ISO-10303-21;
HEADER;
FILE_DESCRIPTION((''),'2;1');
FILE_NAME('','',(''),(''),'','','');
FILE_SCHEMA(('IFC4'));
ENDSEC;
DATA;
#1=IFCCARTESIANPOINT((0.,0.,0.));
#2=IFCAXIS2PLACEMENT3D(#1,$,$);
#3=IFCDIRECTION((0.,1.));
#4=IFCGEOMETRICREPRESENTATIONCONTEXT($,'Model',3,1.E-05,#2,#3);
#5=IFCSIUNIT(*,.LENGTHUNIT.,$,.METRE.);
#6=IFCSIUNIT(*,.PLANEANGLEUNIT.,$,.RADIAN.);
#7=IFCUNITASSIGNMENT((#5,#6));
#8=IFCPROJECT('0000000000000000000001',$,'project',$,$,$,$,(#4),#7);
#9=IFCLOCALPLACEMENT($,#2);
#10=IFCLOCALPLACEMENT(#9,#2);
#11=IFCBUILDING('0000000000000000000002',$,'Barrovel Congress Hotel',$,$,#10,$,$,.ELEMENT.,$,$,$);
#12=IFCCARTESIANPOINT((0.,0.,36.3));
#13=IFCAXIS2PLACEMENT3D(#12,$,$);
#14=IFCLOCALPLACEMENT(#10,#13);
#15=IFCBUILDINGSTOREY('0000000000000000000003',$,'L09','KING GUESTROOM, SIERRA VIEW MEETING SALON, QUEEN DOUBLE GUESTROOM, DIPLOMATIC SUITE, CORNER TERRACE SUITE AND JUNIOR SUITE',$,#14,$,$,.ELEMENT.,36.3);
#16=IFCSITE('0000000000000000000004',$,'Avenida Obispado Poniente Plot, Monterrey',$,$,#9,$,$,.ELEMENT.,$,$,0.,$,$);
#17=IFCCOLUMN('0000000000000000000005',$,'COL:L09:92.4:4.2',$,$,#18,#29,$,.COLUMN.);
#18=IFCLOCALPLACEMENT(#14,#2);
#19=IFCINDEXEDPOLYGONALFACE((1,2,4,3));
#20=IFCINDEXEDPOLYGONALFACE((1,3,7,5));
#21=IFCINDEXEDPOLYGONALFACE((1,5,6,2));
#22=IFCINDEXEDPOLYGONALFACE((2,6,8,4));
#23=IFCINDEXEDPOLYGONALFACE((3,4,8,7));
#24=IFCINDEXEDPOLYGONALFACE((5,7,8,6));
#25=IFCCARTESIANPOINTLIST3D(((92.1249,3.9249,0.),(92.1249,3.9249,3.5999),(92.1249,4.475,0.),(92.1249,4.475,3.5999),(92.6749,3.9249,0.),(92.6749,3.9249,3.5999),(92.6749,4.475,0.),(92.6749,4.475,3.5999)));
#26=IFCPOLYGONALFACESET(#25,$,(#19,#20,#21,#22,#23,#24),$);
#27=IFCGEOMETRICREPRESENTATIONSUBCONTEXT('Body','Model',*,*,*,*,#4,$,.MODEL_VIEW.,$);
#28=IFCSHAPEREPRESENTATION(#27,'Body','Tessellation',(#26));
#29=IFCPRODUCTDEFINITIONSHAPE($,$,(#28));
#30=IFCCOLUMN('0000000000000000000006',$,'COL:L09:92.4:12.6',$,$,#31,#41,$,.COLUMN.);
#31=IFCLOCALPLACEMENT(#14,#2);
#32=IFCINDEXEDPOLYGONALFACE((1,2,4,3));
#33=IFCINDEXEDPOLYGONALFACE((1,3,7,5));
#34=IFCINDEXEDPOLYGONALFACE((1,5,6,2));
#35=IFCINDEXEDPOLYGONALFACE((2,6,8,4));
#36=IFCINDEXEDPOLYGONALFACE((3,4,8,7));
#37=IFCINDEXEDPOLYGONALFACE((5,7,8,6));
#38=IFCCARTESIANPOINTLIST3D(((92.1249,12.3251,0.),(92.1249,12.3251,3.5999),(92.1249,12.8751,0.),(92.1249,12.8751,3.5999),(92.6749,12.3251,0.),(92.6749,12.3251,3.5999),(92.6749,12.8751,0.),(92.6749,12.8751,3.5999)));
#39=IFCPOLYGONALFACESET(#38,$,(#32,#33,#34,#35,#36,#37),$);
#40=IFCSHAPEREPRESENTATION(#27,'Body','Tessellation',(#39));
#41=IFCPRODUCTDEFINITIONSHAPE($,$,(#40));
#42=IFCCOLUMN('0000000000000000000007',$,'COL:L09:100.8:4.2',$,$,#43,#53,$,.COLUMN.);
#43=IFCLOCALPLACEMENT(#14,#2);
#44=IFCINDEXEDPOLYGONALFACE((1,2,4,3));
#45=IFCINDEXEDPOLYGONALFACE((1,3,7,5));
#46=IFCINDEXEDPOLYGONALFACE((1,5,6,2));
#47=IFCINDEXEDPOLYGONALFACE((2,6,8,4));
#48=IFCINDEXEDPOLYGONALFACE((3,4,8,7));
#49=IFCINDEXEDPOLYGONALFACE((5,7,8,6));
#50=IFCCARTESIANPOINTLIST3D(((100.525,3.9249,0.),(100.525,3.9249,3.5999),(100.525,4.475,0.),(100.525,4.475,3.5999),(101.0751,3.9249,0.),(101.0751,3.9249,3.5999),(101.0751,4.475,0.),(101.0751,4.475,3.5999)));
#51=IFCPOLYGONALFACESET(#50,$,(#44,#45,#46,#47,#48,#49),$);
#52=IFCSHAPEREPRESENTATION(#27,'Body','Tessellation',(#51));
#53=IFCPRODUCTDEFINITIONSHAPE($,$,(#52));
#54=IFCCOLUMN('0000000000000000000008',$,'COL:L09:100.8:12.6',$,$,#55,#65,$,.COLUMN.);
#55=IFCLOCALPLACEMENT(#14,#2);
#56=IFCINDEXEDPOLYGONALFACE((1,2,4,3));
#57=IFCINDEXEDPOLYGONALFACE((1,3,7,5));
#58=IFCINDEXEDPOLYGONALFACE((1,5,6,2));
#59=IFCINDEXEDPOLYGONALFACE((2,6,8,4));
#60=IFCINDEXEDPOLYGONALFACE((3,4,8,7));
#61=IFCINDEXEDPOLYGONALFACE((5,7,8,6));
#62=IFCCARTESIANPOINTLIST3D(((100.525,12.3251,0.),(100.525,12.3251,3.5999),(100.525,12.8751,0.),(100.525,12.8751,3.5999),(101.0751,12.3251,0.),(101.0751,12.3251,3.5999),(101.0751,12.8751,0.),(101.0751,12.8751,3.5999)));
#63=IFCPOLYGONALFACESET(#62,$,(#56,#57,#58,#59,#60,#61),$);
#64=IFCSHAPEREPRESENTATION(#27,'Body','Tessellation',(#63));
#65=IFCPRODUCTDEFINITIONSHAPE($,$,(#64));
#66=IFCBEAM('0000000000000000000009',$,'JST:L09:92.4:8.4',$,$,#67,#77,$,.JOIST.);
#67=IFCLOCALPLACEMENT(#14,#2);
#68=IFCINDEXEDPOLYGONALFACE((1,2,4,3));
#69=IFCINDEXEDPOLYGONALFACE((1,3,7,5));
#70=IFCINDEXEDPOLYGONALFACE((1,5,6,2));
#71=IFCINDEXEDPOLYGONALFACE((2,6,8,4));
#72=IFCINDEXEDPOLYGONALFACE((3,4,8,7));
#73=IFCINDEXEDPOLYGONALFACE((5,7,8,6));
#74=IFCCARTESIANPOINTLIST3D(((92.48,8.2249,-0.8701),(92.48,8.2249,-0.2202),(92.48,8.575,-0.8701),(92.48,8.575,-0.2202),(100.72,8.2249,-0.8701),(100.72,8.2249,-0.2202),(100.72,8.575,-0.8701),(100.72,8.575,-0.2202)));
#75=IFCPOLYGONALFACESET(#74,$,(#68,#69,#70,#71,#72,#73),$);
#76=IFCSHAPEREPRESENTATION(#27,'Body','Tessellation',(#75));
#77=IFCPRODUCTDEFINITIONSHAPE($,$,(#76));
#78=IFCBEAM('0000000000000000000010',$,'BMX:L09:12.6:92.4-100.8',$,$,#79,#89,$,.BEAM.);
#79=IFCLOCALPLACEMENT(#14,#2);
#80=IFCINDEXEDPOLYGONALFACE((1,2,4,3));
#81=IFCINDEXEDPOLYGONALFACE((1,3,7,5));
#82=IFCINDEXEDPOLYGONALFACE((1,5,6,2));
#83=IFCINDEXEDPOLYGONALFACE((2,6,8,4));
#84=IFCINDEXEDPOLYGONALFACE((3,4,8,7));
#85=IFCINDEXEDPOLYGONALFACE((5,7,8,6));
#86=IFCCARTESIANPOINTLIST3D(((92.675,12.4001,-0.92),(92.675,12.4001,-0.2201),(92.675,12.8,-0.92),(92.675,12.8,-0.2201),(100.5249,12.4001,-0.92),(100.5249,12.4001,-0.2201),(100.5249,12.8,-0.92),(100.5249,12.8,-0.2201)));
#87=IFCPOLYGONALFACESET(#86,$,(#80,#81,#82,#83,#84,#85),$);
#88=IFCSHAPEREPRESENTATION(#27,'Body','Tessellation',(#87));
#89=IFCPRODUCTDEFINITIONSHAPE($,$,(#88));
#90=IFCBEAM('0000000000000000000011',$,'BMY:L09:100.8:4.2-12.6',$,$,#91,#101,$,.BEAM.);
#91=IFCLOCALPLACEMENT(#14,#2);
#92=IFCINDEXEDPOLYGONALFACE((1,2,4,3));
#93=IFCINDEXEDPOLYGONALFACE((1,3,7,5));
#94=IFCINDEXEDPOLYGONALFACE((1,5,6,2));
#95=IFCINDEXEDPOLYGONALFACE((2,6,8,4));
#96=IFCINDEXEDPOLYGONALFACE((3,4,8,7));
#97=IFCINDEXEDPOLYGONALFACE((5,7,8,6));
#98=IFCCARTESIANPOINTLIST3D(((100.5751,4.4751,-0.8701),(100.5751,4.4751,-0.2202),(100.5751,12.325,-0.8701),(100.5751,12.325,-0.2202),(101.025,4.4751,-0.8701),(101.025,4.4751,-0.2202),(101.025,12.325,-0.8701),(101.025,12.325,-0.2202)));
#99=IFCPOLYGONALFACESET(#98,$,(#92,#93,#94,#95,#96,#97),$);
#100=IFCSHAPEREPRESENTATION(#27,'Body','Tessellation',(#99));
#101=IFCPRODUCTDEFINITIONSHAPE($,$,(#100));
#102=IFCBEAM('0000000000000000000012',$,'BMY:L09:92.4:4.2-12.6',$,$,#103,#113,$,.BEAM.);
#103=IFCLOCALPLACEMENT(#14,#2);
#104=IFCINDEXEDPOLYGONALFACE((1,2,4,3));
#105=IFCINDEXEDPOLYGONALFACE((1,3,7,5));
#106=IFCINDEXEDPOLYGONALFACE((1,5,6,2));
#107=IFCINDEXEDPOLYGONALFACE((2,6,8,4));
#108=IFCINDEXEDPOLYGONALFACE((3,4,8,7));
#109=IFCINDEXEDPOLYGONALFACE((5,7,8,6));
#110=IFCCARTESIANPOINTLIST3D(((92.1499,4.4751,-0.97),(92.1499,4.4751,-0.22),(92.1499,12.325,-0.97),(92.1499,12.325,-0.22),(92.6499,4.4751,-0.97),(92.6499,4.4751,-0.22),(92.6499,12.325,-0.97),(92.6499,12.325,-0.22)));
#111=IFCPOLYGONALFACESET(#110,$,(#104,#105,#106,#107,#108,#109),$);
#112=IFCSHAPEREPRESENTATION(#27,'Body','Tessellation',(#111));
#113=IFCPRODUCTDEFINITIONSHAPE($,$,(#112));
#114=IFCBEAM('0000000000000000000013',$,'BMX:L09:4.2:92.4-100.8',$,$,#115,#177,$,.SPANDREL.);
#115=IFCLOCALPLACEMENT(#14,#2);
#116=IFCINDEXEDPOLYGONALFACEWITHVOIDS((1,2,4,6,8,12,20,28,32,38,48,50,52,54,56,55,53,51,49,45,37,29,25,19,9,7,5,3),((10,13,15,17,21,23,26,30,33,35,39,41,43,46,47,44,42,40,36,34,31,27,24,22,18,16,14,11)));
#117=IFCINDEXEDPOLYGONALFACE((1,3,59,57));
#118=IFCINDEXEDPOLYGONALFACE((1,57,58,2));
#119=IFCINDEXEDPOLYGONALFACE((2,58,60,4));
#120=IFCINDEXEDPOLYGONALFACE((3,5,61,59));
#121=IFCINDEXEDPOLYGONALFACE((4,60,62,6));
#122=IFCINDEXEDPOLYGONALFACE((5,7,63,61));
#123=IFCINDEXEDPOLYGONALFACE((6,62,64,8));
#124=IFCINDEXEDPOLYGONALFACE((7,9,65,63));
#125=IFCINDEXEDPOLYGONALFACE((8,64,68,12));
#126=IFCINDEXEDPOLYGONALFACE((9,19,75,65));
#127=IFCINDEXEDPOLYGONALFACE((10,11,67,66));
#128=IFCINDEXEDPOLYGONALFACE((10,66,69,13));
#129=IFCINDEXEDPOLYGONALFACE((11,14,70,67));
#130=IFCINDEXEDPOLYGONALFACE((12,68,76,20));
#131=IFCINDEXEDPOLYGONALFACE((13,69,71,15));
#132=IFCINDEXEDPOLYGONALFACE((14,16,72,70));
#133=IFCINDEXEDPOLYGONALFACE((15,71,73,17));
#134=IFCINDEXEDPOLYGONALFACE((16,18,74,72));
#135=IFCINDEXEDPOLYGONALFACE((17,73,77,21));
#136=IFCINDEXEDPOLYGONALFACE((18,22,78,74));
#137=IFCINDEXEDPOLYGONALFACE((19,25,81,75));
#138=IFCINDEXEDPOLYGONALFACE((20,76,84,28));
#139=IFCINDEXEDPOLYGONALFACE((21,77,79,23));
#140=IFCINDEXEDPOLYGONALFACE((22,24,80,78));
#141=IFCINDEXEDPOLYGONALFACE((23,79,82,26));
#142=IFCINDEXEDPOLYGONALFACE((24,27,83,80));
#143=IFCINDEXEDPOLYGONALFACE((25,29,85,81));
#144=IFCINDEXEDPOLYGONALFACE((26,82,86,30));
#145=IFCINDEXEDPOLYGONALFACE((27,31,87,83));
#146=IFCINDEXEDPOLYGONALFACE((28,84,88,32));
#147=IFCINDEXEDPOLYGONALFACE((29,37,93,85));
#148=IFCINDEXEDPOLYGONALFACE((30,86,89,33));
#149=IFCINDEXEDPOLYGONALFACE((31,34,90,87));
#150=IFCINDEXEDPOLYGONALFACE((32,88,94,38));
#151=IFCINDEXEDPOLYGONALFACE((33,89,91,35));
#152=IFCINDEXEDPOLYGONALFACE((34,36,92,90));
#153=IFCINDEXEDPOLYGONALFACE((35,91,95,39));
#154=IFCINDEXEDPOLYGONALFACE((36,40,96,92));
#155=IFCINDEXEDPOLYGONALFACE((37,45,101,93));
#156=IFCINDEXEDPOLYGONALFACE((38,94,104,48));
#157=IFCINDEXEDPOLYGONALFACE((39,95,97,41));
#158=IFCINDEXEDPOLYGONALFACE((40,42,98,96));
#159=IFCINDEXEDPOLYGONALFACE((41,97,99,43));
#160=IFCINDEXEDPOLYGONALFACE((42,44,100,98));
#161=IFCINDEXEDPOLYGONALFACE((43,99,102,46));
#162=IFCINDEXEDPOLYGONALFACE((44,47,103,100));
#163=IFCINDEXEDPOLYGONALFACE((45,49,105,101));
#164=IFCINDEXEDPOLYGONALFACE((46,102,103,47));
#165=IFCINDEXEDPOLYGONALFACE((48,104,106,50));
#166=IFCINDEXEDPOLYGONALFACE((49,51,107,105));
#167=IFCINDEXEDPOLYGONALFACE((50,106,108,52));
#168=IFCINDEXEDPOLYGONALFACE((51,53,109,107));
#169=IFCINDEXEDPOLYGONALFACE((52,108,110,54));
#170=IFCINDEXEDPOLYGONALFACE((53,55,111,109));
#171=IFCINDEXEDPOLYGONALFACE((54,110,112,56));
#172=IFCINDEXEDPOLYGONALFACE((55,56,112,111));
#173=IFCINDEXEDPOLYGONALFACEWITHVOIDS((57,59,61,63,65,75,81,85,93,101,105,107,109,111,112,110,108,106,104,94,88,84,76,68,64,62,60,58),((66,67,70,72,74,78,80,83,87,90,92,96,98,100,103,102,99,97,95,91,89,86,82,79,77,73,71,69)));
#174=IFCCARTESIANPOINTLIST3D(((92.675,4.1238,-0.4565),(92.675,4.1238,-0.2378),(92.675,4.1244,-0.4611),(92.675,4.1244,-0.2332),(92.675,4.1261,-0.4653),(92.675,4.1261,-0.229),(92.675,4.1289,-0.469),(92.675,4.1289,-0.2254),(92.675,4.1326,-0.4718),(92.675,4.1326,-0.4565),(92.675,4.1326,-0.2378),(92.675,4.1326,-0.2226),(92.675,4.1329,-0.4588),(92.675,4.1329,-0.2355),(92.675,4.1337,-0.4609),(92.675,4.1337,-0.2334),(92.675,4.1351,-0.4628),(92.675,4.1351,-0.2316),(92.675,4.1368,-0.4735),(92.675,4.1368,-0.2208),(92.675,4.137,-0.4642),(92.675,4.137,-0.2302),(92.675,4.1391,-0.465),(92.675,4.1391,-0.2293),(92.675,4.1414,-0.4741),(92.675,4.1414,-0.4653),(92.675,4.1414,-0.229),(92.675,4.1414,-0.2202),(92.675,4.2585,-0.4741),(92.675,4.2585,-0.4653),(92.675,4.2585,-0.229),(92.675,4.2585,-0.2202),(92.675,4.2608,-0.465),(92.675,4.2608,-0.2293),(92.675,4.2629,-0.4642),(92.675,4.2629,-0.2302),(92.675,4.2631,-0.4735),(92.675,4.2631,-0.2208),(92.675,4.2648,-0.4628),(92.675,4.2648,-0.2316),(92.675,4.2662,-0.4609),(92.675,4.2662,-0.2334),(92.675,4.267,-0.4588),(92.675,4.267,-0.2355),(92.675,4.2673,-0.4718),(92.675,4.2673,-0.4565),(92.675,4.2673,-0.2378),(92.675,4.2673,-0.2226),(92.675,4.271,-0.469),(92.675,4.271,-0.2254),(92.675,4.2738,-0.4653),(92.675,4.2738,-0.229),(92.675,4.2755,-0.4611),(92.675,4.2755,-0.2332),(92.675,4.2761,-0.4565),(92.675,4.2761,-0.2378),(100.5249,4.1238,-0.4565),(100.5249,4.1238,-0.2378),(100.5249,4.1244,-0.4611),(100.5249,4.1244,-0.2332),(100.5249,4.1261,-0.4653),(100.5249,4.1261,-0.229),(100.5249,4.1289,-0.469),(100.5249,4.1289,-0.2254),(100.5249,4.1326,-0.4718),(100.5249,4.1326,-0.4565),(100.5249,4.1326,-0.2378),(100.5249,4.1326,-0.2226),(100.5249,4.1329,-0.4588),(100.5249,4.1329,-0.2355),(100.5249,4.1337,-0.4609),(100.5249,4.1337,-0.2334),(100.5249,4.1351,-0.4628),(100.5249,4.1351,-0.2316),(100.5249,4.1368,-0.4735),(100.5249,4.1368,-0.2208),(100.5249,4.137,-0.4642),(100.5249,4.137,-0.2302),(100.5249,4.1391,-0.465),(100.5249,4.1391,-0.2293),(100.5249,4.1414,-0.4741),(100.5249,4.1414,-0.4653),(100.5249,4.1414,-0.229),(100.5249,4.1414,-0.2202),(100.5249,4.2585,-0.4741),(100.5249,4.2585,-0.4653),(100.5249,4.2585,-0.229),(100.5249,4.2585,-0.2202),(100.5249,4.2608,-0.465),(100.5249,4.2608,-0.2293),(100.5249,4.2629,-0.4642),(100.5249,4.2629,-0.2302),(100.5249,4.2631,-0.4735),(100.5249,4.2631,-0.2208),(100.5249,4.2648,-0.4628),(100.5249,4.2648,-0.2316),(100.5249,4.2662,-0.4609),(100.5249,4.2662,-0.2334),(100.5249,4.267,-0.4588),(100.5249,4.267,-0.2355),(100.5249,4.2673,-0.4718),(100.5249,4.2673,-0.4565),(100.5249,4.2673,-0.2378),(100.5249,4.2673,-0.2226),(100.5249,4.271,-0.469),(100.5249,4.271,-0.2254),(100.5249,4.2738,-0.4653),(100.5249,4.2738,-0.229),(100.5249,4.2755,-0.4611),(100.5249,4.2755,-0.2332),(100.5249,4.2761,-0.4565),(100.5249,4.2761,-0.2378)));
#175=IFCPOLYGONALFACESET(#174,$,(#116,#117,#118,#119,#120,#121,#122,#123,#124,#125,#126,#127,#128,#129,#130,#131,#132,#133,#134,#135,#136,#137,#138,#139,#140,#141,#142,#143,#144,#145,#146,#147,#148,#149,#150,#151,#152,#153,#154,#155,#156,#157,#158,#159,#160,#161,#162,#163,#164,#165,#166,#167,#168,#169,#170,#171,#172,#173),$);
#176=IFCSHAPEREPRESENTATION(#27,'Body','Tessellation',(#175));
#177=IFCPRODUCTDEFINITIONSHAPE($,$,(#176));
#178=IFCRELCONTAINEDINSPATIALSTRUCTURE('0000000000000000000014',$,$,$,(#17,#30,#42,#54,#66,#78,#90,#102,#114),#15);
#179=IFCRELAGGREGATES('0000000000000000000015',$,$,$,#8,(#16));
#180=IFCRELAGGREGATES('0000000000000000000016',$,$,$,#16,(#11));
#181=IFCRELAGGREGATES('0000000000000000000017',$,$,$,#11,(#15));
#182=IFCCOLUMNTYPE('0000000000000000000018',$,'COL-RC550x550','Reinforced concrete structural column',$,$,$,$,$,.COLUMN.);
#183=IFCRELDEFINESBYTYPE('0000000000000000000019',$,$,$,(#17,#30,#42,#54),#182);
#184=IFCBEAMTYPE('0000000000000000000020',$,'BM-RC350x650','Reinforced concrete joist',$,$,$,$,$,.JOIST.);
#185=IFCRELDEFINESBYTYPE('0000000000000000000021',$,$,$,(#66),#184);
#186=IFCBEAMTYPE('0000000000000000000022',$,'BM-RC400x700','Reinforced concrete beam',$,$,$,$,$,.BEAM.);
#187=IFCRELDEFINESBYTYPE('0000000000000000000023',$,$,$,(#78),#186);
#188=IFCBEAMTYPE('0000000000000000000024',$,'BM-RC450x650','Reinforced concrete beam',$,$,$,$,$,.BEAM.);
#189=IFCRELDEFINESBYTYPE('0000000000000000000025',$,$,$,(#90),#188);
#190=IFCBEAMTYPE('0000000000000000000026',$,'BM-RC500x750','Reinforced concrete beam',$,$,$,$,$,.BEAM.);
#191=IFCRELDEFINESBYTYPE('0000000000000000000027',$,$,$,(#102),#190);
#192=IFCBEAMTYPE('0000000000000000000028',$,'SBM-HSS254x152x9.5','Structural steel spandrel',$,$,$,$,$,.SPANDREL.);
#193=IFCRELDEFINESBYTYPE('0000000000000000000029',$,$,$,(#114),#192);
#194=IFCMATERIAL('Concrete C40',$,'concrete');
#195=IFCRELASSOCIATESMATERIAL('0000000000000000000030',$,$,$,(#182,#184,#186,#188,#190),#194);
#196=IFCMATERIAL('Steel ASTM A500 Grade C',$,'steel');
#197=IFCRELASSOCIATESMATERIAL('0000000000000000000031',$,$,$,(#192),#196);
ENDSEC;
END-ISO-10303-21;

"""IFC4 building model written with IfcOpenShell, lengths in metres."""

from ifc_helpers import new_model, si_unit, direction, frame, origin, origin_2d, place, context, subcontext, project, spatial, rectangle, hollow_rectangle, extrude, material, material_profile, profile_set, type_object, element, save


model = new_model("IFC4")

# Units and contexts
model_context = context("Model", 3, precision=1e-05, world=origin(), true_north=direction((0.0, 1.0)))
body_context = subcontext(model_context, "Body", "Model", "MODEL_VIEW")
ifc_project = project(units=[si_unit("LENGTHUNIT", "METRE"), si_unit("PLANEANGLEUNIT", "RADIAN")], contexts=[model_context])

# Site, building, storey
site_placement = place(None, origin())
site = spatial("IfcSite", under=ifc_project, at=site_placement, Name="Avenida Obispado Poniente Plot, Monterrey", CompositionType="ELEMENT", RefElevation=0.0)
building_placement = place(site_placement, origin())
building = spatial("IfcBuilding", under=site, at=building_placement, Name="Barrovel Congress Hotel", CompositionType="ELEMENT")
storey_placement = place(building_placement, frame((0.0, 0.0, 36.3)))
storey = spatial("IfcBuildingStorey", under=building, at=storey_placement, Name="L09", Description="KING GUESTROOM, SIERRA VIEW MEETING SALON, QUEEN DOUBLE GUESTROOM, DIPLOMATIC SUITE, CORNER TERRACE SUITE AND JUNIOR SUITE", CompositionType="ELEMENT", Elevation=36.3)

# Columns
ifc_material_1 = material(Name="Concrete C40", Category="concrete")
ifc_material_profile_1 = material_profile(ifc_material_1, rectangle(XDim=0.55, YDim=0.55, at=origin_2d()), Name="RC550x550")
ifc_profile_set_1 = profile_set([ifc_material_profile_1], Name="Concrete C40")
column_type = type_object("IfcColumnType", Name="COL-RC550x550", Description="Reinforced concrete structural column", PredefinedType="COLUMN", material=ifc_profile_set_1)
for number, where, z_axis, x_axis, name in (
    (1, (92.3999, 4.2, 0.0), (0.0, 0.0, 1.0), (1.0, 0.0, 0.0), "COL:L09:92.4:4.2"),
    (2, (92.3999, 12.6001, 0.0), (0.0, 0.0, 1.0), (1.0, 0.0, 0.0), "COL:L09:92.4:12.6"),
    (3, (100.8, 4.2, 0.0), (0.0, 0.0, 1.0), (1.0, 0.0, 0.0), "COL:L09:100.8:4.2"),
    (4, (100.8, 12.6001, 0.0), (0.0, 0.0, 1.0), (1.0, 0.0, 0.0), "COL:L09:100.8:12.6"),
):
    element("IfcColumn", number, at=place(storey_placement, frame(where, z_axis=z_axis, x_axis=x_axis)), inside=storey, type_object=column_type, Name=name, PredefinedType="COLUMN", context=body_context, shape_type="SweptSolid", body=[
        extrude(rectangle(XDim=0.55, YDim=0.55, at=origin_2d()), origin(), (0.0, 0.0, 1.0), 3.5999),
    ])

# Beams
ifc_material_profile_2 = material_profile(ifc_material_1, rectangle(XDim=0.3501, YDim=0.6499, at=origin_2d()), Name="RC350x650")
ifc_profile_set_2 = profile_set([ifc_material_profile_2], Name="Concrete C40")
beam_type_1 = type_object("IfcBeamType", Name="BM-RC350x650", Description="Reinforced concrete joist", PredefinedType="JOIST", material=ifc_profile_set_2)
beam_1_placement = place(storey_placement, frame((92.48, 8.3999, -0.5452), z_axis=(1.0, 0.0, 0.0), x_axis=(0.0, 1.0, 0.0)))
element("IfcBeam", 5, at=beam_1_placement, inside=storey, type_object=beam_type_1, Name="JST:L09:92.4:8.4", PredefinedType="JOIST", context=body_context, shape_type="SweptSolid", body=[
    extrude(rectangle(XDim=0.3501, YDim=0.6499, at=origin_2d()), origin(), (0.0, 0.0, 1.0), 8.24),
])
ifc_material_profile_3 = material_profile(ifc_material_1, rectangle(XDim=0.3999, YDim=0.7, at=origin_2d()), Name="RC400x700")
ifc_profile_set_3 = profile_set([ifc_material_profile_3], Name="Concrete C40")
beam_type_2 = type_object("IfcBeamType", Name="BM-RC400x700", Description="Reinforced concrete beam", PredefinedType="BEAM", material=ifc_profile_set_3)
beam_2_placement = place(storey_placement, frame((92.675, 12.6001, -0.5701), z_axis=(1.0, 0.0, 0.0), x_axis=(0.0, 1.0, 0.0)))
element("IfcBeam", 6, at=beam_2_placement, inside=storey, type_object=beam_type_2, Name="BMX:L09:12.6:92.4-100.8", PredefinedType="BEAM", context=body_context, shape_type="SweptSolid", body=[
    extrude(rectangle(XDim=0.3999, YDim=0.7, at=origin_2d()), origin(), (0.0, 0.0, 1.0), 7.8499),
])
ifc_material_profile_4 = material_profile(ifc_material_1, rectangle(XDim=0.45, YDim=0.6499, at=origin_2d()), Name="RC450x650")
ifc_profile_set_4 = profile_set([ifc_material_profile_4], Name="Concrete C40")
beam_type_3 = type_object("IfcBeamType", Name="BM-RC450x650", Description="Reinforced concrete beam", PredefinedType="BEAM", material=ifc_profile_set_4)
beam_3_placement = place(storey_placement, frame((100.8, 4.4751, -0.5452), z_axis=(0.0, 1.0, 0.0), x_axis=(-1.0, 0.0, 0.0)))
element("IfcBeam", 7, at=beam_3_placement, inside=storey, type_object=beam_type_3, Name="BMY:L09:100.8:4.2-12.6", PredefinedType="BEAM", context=body_context, shape_type="SweptSolid", body=[
    extrude(rectangle(XDim=0.45, YDim=0.6499, at=origin_2d()), origin(), (0.0, 0.0, 1.0), 7.8499),
])
ifc_material_profile_5 = material_profile(ifc_material_1, rectangle(XDim=0.5, YDim=0.75, at=origin_2d()), Name="RC500x750")
ifc_profile_set_5 = profile_set([ifc_material_profile_5], Name="Concrete C40")
beam_type_4 = type_object("IfcBeamType", Name="BM-RC500x750", Description="Reinforced concrete beam", PredefinedType="BEAM", material=ifc_profile_set_5)
beam_4_placement = place(storey_placement, frame((92.3999, 4.4751, -0.595), z_axis=(0.0, 1.0, 0.0), x_axis=(-1.0, 0.0, 0.0)))
element("IfcBeam", 8, at=beam_4_placement, inside=storey, type_object=beam_type_4, Name="BMY:L09:92.4:4.2-12.6", PredefinedType="BEAM", context=body_context, shape_type="SweptSolid", body=[
    extrude(rectangle(XDim=0.5, YDim=0.75, at=origin_2d()), origin(), (0.0, 0.0, 1.0), 7.8499),
])
ifc_material_2 = material(Name="Steel ASTM A500 Grade C", Category="steel")
ifc_material_profile_6 = material_profile(ifc_material_2, hollow_rectangle(XDim=0.1523, YDim=0.2539, WallThickness=0.0088, InnerFilletRadius=0.0088, OuterFilletRadius=0.0176, at=origin_2d()), Name="HSS254x152x9.5")
ifc_profile_set_6 = profile_set([ifc_material_profile_6], Name="Steel ASTM A500 Grade C")
beam_type_5 = type_object("IfcBeamType", Name="SBM-HSS254x152x9.5", Description="Structural steel spandrel", PredefinedType="SPANDREL", material=ifc_profile_set_6)
beam_5_placement = place(storey_placement, frame((92.675, 4.2, -0.3472), z_axis=(1.0, 0.0, 0.0), x_axis=(0.0, 1.0, 0.0)))
element("IfcBeam", 9, at=beam_5_placement, inside=storey, type_object=beam_type_5, Name="BMX:L09:4.2:92.4-100.8", PredefinedType="SPANDREL", context=body_context, shape_type="SweptSolid", body=[
    extrude(hollow_rectangle(XDim=0.1523, YDim=0.2539, WallThickness=0.0088, InnerFilletRadius=0.0088, OuterFilletRadius=0.0176, at=origin_2d()), origin(), (0.0, 0.0, 1.0), 7.8499),
])

save(model, "model.ifc")
